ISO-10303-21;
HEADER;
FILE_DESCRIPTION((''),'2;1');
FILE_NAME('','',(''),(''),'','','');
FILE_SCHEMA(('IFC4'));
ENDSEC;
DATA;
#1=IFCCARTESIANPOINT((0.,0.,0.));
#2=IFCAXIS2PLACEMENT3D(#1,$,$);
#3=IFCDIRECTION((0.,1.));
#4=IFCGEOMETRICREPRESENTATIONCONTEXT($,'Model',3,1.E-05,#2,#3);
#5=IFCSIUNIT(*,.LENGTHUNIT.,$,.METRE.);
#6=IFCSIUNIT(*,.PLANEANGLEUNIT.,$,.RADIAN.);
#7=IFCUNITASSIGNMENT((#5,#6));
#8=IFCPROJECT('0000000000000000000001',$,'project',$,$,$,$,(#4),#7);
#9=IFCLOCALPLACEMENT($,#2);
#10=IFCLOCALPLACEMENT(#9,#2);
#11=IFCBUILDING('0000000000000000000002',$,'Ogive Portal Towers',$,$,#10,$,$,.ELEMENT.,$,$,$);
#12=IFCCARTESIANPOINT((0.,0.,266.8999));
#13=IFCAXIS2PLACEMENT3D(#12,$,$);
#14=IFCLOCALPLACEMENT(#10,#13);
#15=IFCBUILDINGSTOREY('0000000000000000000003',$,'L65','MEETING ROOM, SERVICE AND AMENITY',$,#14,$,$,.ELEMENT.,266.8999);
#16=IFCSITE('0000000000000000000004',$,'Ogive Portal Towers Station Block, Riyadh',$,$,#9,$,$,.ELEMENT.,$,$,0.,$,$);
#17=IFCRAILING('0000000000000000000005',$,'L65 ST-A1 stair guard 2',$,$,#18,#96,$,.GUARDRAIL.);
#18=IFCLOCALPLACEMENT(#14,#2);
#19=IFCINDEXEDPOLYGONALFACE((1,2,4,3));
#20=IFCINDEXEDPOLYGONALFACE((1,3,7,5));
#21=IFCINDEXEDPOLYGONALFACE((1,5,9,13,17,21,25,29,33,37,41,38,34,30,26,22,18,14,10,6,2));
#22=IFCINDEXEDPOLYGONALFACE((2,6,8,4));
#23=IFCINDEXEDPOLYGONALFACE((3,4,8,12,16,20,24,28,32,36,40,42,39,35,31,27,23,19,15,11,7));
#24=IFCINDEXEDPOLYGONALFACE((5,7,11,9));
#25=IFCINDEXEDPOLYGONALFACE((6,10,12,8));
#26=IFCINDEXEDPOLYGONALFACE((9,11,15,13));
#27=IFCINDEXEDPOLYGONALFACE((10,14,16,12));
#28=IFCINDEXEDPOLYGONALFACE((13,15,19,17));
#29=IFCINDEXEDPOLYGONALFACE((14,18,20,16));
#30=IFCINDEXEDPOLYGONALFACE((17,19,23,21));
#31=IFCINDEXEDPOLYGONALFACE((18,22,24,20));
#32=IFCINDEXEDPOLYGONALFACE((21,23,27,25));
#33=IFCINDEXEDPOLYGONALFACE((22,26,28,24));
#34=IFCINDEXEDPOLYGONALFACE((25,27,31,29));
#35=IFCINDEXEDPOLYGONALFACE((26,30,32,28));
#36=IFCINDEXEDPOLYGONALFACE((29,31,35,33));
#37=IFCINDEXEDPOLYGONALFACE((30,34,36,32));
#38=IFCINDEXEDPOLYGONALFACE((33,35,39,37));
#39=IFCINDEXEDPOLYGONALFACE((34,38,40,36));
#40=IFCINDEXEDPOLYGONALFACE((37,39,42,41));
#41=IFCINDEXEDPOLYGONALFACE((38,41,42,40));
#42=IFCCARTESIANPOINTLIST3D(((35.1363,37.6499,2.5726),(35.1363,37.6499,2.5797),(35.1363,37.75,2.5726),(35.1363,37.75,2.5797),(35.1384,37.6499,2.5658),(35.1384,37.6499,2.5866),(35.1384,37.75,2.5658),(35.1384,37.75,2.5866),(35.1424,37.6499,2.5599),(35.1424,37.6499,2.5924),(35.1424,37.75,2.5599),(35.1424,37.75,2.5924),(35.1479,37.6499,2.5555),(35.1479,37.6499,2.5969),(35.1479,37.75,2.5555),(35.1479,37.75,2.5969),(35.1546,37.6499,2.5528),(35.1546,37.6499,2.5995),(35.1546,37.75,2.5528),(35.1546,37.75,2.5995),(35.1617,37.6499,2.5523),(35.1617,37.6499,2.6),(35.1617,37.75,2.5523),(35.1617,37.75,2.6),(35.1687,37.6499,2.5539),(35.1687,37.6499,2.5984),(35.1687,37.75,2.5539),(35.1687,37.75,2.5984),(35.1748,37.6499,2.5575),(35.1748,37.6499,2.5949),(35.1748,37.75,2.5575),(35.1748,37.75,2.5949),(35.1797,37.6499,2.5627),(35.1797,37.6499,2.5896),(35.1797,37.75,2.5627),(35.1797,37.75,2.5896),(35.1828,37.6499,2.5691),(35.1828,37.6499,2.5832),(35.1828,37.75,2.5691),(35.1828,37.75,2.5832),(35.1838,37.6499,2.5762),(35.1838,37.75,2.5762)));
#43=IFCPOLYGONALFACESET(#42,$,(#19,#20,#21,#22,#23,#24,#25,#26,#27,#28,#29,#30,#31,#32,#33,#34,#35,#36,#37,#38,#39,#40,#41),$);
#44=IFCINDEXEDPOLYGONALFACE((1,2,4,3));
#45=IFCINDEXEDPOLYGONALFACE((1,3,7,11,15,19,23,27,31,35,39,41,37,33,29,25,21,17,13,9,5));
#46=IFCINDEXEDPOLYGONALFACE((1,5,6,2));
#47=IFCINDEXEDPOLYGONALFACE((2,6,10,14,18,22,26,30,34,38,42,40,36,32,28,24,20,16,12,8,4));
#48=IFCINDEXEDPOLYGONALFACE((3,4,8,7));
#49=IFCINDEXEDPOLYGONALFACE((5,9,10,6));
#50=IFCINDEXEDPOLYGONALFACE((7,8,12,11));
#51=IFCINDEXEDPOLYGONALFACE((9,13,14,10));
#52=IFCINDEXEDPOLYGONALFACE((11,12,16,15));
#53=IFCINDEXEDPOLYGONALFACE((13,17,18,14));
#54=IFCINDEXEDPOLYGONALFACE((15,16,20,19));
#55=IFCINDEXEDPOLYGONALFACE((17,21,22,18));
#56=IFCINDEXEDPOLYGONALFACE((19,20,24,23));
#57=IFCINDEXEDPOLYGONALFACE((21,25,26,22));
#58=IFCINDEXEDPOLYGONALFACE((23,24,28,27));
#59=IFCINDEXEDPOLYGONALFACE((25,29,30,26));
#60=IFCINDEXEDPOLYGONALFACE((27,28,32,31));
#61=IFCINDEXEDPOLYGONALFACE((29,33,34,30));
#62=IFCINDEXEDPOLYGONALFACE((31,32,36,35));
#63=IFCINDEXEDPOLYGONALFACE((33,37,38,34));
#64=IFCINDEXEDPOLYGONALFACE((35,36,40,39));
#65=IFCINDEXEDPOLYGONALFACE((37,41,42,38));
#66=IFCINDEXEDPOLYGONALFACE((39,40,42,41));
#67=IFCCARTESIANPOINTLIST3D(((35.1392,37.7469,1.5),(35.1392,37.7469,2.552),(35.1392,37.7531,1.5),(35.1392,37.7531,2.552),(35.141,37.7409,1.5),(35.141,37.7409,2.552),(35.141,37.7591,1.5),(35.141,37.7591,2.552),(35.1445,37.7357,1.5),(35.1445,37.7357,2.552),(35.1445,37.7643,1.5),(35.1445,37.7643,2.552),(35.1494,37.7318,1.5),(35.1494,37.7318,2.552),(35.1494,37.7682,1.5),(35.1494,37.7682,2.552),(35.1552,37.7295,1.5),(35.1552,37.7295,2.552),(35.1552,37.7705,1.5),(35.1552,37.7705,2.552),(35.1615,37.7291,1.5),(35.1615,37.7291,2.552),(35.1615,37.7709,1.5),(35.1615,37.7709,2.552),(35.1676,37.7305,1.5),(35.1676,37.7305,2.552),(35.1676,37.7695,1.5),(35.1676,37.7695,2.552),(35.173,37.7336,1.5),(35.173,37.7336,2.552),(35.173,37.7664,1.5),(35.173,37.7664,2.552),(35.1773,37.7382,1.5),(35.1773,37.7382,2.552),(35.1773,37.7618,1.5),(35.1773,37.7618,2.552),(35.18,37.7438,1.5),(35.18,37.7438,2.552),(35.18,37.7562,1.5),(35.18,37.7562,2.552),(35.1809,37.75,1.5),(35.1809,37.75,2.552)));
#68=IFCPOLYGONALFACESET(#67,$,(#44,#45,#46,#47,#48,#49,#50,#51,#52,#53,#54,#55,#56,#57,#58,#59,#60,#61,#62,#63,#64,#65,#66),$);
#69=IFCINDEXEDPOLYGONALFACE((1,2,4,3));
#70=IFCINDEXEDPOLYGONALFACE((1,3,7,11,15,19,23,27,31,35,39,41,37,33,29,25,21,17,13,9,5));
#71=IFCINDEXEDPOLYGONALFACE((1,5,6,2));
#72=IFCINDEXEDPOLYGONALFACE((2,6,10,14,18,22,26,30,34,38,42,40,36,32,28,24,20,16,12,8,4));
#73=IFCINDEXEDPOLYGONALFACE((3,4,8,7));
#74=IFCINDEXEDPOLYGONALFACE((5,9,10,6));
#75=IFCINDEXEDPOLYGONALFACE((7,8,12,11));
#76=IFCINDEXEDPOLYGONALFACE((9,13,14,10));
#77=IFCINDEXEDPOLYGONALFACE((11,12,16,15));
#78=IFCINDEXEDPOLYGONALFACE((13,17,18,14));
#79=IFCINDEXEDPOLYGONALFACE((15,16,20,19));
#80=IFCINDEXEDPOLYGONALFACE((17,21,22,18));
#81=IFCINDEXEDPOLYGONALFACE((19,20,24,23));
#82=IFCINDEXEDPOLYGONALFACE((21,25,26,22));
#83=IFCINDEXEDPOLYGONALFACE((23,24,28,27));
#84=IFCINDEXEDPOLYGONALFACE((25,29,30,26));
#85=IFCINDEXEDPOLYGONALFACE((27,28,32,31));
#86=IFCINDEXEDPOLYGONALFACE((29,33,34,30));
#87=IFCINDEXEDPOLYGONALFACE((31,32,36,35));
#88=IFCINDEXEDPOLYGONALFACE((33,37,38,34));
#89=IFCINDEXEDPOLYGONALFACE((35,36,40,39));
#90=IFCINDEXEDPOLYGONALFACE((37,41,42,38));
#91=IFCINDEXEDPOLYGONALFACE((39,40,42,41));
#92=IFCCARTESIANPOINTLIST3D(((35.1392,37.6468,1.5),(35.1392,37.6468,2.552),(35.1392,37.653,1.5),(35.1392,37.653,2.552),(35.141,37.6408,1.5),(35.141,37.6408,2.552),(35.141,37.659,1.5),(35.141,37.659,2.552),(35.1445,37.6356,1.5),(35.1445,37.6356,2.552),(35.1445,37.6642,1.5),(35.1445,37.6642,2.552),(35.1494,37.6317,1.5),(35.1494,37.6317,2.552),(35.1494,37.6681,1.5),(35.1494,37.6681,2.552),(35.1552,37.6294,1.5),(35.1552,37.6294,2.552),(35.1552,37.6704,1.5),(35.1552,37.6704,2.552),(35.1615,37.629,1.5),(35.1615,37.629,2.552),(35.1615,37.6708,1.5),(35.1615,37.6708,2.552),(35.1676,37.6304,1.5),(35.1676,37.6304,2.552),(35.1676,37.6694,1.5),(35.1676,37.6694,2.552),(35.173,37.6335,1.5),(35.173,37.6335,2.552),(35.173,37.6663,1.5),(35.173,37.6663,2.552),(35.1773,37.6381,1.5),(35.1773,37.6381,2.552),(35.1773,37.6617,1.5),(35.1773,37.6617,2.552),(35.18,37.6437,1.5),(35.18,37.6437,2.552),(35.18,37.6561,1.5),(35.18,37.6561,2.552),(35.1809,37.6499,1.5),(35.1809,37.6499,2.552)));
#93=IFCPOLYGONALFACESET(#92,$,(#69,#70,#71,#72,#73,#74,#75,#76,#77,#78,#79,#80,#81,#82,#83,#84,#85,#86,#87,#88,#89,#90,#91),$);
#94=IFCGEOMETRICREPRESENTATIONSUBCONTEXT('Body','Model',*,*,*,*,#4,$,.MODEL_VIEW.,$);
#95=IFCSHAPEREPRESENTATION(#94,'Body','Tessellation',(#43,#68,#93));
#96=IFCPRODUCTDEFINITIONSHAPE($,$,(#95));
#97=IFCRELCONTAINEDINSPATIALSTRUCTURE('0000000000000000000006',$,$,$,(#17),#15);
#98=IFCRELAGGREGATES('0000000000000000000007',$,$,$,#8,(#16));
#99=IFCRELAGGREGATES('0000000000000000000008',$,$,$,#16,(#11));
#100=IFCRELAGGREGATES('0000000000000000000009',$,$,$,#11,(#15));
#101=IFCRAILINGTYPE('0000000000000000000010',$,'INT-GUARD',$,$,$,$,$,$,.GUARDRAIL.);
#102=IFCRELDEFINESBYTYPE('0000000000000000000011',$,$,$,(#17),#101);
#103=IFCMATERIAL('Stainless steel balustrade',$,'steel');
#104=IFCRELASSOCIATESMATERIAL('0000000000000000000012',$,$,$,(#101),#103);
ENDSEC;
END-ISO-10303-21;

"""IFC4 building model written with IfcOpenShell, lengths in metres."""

from ifc_helpers import new_model, si_unit, direction, frame, origin, origin_2d, place, context, subcontext, project, spatial, circle, extrude, material, type_object, element, save


model = new_model("IFC4")

# Units and contexts
model_context = context("Model", 3, precision=1e-05, world=origin(), true_north=direction((0.0, 1.0)))
body_context = subcontext(model_context, "Body", "Model", "MODEL_VIEW")
ifc_project = project(units=[si_unit("LENGTHUNIT", "METRE"), si_unit("PLANEANGLEUNIT", "RADIAN")], contexts=[model_context])

# Site, building, storey
site_placement = place(None, origin())
site = spatial("IfcSite", under=ifc_project, at=site_placement, Name="Ogive Portal Towers Station Block, Riyadh", CompositionType="ELEMENT", RefElevation=0.0)
building_placement = place(site_placement, origin())
building = spatial("IfcBuilding", under=site, at=building_placement, Name="Ogive Portal Towers", CompositionType="ELEMENT")
storey_placement = place(building_placement, frame((0.0, 0.0, 266.8999)))
storey = spatial("IfcBuildingStorey", under=building, at=storey_placement, Name="L65", Description="MEETING ROOM, SERVICE AND AMENITY", CompositionType="ELEMENT", Elevation=266.8999)

# Railing
ifc_material_1 = material(Name="Stainless steel balustrade", Category="steel")
railing_type_1 = type_object("IfcRailingType", Name="INT-GUARD", PredefinedType="GUARDRAIL", material=ifc_material_1)
railing_1_placement = place(storey_placement, frame((35.1599, 37.75, 1.5)))
element("IfcRailing", 1, at=railing_1_placement, inside=storey, type_object=railing_type_1, Name="L65 ST-A1 stair guard 2", PredefinedType="GUARDRAIL", context=body_context, shape_type="SweptSolid", body=[
    extrude(circle(Radius=0.0239, at=origin_2d()), frame((0.0, 0.0, 1.0762), z_axis=(0.0, -1.0, 0.0), x_axis=(1.0, 0.0, 0.0)), (0.0, 0.0, 1.0), 0.1001),
    extrude(circle(Radius=0.021, at=origin_2d()), origin(), (0.0, 0.0, 1.0), 1.052),
    extrude(circle(Radius=0.021, at=origin_2d()), frame((0.0, -0.1001, 0.0)), (0.0, 0.0, 1.0), 1.052),
])

save(model, "model.ifc")
